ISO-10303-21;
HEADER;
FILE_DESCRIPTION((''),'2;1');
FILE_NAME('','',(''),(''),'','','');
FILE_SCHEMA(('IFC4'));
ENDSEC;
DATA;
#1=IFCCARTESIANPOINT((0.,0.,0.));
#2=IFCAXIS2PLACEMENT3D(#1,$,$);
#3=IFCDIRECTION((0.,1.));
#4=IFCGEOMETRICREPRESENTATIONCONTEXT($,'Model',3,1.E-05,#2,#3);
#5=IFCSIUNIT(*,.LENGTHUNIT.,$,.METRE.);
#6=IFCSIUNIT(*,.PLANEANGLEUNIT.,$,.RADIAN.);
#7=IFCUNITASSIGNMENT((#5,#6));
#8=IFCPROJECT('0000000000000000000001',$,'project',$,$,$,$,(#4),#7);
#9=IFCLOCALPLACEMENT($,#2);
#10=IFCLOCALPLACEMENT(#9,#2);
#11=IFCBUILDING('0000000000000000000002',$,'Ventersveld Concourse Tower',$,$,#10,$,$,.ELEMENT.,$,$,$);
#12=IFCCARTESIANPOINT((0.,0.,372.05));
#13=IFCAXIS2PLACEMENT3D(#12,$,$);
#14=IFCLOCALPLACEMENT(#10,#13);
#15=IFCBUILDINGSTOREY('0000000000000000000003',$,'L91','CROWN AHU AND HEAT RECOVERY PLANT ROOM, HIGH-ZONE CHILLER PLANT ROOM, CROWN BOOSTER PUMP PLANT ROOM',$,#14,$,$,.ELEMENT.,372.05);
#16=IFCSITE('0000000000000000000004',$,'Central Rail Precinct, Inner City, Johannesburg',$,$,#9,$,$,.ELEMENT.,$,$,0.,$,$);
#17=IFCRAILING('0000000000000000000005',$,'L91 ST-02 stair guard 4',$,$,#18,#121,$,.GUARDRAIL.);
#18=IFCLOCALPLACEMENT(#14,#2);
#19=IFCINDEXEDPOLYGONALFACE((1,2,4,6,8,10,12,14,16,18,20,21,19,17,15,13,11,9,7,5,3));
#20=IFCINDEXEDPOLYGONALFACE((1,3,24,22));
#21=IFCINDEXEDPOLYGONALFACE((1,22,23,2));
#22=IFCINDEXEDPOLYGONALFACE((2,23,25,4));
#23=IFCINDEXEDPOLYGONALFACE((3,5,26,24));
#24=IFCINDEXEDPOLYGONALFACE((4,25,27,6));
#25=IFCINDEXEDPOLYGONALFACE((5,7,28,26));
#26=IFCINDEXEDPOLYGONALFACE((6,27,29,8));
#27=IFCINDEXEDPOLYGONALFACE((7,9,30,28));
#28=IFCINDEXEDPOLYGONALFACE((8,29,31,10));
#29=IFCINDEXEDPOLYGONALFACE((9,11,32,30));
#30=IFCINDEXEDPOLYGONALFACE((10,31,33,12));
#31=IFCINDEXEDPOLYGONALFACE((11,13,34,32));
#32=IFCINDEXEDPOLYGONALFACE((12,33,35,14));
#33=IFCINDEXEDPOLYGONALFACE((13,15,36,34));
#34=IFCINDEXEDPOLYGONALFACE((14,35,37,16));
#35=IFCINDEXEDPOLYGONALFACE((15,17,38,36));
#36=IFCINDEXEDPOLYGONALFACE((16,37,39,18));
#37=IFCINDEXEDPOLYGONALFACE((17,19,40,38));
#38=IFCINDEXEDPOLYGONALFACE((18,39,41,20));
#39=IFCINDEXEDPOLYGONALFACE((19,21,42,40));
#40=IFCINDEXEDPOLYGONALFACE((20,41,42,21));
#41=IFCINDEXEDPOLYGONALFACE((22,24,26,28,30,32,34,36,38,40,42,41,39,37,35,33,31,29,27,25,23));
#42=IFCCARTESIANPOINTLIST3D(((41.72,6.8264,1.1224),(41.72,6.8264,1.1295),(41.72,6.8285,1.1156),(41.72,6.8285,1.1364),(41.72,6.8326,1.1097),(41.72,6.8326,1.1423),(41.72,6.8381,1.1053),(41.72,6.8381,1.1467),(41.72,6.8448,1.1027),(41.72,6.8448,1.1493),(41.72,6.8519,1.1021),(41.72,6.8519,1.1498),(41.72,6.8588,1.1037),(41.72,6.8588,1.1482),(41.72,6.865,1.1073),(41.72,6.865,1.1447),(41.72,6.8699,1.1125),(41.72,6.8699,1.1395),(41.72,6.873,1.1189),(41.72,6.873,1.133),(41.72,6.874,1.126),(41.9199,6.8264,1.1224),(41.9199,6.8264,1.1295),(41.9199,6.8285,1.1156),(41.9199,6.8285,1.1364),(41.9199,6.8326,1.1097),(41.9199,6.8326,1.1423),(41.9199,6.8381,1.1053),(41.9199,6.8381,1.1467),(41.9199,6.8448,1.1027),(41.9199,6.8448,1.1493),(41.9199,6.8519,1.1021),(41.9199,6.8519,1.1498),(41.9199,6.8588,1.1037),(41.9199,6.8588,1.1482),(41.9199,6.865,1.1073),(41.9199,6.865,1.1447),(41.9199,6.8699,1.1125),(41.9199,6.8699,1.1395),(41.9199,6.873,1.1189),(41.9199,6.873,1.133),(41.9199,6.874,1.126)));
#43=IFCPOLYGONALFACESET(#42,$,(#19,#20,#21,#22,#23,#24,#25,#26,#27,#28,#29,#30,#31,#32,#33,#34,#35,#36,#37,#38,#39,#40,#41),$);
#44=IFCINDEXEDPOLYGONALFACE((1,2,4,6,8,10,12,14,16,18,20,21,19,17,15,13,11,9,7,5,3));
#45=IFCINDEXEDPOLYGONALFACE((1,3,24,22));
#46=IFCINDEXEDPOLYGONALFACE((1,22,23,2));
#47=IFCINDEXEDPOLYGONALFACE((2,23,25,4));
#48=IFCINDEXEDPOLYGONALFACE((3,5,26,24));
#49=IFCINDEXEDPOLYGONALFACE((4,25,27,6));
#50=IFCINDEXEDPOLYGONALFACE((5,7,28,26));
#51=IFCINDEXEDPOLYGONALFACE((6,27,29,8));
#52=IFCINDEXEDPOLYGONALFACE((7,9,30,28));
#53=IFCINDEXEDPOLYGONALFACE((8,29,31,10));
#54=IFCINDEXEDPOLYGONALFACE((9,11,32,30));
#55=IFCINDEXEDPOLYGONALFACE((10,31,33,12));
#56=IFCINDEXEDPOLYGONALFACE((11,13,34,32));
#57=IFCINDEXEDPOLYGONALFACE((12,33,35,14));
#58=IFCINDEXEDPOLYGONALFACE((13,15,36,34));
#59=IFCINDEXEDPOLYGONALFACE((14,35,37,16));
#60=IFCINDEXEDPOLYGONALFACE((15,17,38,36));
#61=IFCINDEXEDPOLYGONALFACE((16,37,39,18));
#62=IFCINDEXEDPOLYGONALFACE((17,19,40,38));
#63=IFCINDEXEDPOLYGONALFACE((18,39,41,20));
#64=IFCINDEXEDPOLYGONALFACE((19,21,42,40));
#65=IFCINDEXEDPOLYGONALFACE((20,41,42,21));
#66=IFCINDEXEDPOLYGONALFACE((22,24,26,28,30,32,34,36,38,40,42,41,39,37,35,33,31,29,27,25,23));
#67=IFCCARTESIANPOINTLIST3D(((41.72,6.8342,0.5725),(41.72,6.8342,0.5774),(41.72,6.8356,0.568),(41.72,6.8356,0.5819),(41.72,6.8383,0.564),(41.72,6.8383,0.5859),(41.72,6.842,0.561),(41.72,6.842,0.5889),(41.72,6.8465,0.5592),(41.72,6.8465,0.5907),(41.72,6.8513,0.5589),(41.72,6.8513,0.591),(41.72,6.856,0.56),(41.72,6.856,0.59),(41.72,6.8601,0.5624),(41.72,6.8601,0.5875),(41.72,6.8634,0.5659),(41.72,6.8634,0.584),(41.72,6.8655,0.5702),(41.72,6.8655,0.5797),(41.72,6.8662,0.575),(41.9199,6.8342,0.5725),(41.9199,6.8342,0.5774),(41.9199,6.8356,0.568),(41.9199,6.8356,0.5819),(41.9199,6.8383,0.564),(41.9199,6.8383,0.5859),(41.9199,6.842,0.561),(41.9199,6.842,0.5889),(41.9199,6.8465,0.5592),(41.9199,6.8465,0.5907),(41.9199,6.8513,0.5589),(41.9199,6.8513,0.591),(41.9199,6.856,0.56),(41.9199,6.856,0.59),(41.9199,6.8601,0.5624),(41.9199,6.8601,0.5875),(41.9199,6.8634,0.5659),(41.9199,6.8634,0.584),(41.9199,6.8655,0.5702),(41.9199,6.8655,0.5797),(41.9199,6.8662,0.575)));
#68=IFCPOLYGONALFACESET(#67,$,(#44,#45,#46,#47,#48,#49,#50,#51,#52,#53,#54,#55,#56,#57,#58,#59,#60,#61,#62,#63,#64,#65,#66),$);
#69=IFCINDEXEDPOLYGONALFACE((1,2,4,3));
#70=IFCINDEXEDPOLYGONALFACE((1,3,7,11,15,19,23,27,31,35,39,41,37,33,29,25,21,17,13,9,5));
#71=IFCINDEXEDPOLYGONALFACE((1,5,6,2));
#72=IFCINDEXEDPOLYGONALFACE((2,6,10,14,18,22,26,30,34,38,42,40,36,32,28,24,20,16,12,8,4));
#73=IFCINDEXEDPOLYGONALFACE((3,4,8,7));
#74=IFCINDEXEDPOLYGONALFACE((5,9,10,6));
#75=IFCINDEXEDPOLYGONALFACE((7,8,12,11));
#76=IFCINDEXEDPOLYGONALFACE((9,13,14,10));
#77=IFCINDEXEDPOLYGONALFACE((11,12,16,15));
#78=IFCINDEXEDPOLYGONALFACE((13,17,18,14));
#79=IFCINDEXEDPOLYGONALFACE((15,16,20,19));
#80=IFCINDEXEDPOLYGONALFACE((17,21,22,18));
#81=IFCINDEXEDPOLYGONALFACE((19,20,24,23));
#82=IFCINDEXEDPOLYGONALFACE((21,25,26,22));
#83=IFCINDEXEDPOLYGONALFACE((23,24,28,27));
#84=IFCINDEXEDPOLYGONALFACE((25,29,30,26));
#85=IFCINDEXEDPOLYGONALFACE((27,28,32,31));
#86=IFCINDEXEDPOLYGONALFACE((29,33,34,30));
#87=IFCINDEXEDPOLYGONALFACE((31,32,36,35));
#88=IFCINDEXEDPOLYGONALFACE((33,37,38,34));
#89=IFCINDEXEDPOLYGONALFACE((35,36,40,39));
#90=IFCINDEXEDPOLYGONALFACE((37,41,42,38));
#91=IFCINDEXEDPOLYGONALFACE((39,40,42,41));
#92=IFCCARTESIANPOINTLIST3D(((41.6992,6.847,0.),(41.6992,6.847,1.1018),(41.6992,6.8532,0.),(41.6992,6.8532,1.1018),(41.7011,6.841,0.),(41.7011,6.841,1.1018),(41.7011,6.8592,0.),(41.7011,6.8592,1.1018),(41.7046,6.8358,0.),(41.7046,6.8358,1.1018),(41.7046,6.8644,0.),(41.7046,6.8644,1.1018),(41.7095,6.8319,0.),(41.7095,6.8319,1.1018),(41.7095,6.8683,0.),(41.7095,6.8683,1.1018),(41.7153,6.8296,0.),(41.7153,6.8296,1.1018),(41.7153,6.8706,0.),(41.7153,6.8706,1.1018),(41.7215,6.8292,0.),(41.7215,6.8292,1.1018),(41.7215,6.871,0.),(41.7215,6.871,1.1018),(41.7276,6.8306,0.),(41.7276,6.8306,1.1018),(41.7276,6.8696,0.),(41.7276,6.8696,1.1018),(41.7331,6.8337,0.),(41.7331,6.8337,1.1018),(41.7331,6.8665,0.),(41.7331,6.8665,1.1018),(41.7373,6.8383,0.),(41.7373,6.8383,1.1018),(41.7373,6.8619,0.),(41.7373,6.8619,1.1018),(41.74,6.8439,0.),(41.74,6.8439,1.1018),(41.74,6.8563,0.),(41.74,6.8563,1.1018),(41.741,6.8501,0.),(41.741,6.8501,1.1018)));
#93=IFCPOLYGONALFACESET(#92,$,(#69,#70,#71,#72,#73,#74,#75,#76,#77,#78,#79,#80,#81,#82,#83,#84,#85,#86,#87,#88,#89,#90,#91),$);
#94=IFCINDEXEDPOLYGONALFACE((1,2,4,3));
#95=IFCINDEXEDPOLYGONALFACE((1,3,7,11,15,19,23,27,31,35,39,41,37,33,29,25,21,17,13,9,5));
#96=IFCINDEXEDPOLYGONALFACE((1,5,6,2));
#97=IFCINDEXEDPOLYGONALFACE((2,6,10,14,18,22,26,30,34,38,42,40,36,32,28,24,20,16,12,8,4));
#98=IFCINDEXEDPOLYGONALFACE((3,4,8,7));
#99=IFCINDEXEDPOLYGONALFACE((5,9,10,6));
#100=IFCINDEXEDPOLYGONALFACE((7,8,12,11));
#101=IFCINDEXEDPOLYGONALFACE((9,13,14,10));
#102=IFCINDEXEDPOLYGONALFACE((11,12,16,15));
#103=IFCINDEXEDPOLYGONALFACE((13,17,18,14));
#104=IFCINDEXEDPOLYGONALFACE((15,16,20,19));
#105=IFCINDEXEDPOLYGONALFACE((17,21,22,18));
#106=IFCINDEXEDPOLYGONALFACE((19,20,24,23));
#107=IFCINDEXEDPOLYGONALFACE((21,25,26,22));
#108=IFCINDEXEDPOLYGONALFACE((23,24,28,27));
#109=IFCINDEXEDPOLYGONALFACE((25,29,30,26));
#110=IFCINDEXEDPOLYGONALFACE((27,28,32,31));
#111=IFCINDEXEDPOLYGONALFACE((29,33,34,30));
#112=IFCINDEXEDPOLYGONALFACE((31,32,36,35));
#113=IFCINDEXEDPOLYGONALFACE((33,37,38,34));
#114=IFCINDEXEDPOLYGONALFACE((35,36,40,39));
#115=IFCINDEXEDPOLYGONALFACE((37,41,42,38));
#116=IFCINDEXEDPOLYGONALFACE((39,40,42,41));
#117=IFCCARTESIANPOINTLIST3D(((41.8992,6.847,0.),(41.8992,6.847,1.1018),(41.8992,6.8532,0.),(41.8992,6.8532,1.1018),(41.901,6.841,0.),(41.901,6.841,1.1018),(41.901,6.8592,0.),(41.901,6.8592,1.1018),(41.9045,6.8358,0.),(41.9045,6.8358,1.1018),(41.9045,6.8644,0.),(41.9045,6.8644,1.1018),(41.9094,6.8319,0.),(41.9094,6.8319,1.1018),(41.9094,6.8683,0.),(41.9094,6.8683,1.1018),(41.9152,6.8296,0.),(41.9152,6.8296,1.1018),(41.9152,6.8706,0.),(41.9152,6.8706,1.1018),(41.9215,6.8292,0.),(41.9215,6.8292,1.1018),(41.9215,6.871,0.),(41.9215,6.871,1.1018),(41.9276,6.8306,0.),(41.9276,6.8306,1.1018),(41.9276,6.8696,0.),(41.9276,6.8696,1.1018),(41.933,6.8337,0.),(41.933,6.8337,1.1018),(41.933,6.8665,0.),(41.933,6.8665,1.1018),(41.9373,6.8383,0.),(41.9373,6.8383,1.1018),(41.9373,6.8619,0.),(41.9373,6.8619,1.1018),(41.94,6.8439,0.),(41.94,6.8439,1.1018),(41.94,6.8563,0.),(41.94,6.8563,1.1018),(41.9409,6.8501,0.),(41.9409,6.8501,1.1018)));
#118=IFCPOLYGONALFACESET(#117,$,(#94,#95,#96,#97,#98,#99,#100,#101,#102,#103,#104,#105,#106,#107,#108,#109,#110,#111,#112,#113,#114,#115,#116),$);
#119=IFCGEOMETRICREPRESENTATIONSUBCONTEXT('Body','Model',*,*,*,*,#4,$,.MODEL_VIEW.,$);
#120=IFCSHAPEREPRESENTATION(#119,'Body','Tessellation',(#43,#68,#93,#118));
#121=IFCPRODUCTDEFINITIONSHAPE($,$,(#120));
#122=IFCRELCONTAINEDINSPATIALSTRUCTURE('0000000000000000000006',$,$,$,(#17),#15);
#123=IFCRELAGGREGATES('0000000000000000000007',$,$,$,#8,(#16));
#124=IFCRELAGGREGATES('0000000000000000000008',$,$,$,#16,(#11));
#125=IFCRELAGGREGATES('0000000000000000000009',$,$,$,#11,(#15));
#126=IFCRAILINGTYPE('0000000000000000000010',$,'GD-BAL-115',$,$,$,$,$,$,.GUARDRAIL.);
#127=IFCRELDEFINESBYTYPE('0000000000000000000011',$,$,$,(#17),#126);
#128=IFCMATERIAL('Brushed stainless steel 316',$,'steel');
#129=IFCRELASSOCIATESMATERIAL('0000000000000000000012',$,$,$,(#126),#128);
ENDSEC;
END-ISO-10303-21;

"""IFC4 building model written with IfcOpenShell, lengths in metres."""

from ifc_helpers import new_model, si_unit, direction, frame, origin, origin_2d, place, context, subcontext, project, spatial, circle, extrude, material, type_object, element, save


model = new_model("IFC4")

# Units and contexts
model_context = context("Model", 3, precision=1e-05, world=origin(), true_north=direction((0.0, 1.0)))
body_context = subcontext(model_context, "Body", "Model", "MODEL_VIEW")
ifc_project = project(units=[si_unit("LENGTHUNIT", "METRE"), si_unit("PLANEANGLEUNIT", "RADIAN")], contexts=[model_context])

# Site, building, storey
site_placement = place(None, origin())
site = spatial("IfcSite", under=ifc_project, at=site_placement, Name="Central Rail Precinct, Inner City, Johannesburg", CompositionType="ELEMENT", RefElevation=0.0)
building_placement = place(site_placement, origin())
building = spatial("IfcBuilding", under=site, at=building_placement, Name="Ventersveld Concourse Tower", CompositionType="ELEMENT")
storey_placement = place(building_placement, frame((0.0, 0.0, 372.05)))
storey = spatial("IfcBuildingStorey", under=building, at=storey_placement, Name="L91", Description="CROWN AHU AND HEAT RECOVERY PLANT ROOM, HIGH-ZONE CHILLER PLANT ROOM, CROWN BOOSTER PUMP PLANT ROOM", CompositionType="ELEMENT", Elevation=372.05)

# Shared definitions
ifc_material_1 = material(Name="Brushed stainless steel 316", Category="steel")

# Railing
railing_type_1 = type_object("IfcRailingType", Name="GD-BAL-115", PredefinedType="GUARDRAIL", material=ifc_material_1)
railing_1_placement = place(storey_placement, frame((41.72, 6.8501, 0.0)))
element("IfcRailing", 1, at=railing_1_placement, inside=storey, type_object=railing_type_1, Name="L91 ST-02 stair guard 4", PredefinedType="GUARDRAIL", context=body_context, shape_type="SweptSolid", body=[
    extrude(circle(Radius=0.0239, at=origin_2d()), frame((0.0, 0.0, 1.126), z_axis=(1.0, 0.0, 0.0), x_axis=(0.0, 1.0, 0.0)), (0.0, 0.0, 1.0), 0.2),
    extrude(circle(Radius=0.0161, at=origin_2d()), frame((0.0, 0.0, 0.575), z_axis=(1.0, 0.0, 0.0), x_axis=(0.0, 1.0, 0.0)), (0.0, 0.0, 1.0), 0.2),
    extrude(circle(Radius=0.021, at=origin_2d()), origin(), (0.0, 0.0, 1.0), 1.1018),
    extrude(circle(Radius=0.021, at=origin_2d()), frame((0.2, 0.0, 0.0)), (0.0, 0.0, 1.0), 1.1018),
])

save(model, "model.ifc")
